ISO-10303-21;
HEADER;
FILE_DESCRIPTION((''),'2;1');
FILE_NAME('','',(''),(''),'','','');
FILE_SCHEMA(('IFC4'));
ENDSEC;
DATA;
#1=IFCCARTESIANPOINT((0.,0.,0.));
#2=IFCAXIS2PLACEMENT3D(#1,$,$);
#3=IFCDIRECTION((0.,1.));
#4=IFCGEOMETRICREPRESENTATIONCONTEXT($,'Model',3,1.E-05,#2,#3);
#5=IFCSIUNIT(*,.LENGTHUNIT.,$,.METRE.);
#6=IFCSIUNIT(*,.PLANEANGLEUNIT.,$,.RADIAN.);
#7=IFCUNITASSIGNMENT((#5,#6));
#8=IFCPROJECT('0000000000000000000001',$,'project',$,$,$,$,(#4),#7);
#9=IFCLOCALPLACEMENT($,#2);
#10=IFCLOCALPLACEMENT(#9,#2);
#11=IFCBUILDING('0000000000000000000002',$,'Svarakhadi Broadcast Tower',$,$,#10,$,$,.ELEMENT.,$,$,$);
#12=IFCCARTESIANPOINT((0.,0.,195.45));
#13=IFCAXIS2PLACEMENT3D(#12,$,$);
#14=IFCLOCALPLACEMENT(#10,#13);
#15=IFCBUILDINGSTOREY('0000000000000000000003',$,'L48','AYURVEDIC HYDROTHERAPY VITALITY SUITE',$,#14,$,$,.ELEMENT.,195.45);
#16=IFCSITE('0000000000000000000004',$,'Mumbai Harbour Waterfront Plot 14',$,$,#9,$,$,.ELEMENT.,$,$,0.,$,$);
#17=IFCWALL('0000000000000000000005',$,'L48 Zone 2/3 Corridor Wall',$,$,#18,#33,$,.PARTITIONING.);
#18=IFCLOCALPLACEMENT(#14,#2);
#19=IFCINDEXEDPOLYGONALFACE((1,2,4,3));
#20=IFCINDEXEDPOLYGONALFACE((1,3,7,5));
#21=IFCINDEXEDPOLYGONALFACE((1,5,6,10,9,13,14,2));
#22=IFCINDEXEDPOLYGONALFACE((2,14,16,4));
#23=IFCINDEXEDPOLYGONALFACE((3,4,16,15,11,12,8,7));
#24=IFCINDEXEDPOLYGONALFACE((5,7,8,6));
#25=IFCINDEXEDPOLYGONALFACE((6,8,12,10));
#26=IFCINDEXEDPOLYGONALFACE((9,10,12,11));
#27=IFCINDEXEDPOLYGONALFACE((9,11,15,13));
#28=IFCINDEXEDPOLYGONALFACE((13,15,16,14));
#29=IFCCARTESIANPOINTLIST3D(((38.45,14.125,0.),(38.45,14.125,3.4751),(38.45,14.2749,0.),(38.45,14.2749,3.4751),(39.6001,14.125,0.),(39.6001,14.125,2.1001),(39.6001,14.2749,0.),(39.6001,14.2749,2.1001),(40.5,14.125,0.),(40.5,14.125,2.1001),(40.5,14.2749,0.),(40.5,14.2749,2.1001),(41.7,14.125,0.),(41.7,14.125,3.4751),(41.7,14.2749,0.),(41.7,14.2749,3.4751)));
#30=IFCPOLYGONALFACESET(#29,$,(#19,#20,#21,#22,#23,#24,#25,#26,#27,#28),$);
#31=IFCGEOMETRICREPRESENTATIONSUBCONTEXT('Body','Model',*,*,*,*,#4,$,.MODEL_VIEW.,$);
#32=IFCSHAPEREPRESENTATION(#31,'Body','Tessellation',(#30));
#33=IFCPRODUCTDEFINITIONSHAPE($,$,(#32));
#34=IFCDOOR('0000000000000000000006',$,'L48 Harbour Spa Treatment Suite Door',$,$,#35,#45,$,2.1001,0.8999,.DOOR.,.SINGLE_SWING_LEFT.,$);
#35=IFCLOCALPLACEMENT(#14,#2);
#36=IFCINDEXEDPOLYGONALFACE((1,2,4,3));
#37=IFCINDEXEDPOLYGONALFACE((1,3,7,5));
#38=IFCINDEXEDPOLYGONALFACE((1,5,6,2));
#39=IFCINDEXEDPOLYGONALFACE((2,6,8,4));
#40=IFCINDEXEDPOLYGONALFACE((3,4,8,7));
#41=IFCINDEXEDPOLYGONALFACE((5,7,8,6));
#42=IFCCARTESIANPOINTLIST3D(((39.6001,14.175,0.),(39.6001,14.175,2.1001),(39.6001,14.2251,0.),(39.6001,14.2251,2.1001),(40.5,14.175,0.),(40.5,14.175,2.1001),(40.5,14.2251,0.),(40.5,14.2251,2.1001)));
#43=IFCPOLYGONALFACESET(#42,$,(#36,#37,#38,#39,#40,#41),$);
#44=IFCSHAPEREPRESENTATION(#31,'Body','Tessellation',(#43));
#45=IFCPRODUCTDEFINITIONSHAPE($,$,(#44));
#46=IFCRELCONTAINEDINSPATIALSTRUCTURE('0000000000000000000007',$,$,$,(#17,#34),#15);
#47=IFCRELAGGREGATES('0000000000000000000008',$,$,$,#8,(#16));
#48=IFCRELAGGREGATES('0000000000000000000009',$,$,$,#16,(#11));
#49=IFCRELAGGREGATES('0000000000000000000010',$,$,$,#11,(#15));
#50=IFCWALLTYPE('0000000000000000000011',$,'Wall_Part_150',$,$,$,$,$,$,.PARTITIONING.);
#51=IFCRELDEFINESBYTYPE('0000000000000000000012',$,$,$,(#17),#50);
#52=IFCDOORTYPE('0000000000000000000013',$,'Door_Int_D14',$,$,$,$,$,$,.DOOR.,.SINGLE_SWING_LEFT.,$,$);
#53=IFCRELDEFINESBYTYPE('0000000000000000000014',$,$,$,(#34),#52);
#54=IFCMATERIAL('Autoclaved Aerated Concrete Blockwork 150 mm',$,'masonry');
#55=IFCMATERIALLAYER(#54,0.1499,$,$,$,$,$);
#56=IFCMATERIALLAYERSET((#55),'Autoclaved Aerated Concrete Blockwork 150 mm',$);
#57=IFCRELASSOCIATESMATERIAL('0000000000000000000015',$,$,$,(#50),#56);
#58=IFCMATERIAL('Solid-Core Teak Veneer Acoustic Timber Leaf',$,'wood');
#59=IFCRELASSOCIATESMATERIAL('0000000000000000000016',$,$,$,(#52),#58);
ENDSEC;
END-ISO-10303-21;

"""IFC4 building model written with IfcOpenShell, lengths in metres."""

from ifc_helpers import new_model, si_unit, direction, frame, frame_2d, origin, place, context, subcontext, project, spatial, rectangle, extrude, material, layer, layer_set, type_object, element, fill, save


model = new_model("IFC4")

# Units and contexts
model_context = context("Model", 3, precision=1e-05, world=origin(), true_north=direction((0.0, 1.0)))
body_context = subcontext(model_context, "Body", "Model", "MODEL_VIEW")
ifc_project = project(units=[si_unit("LENGTHUNIT", "METRE"), si_unit("PLANEANGLEUNIT", "RADIAN")], contexts=[model_context])

# Site, building, storey
site_placement = place(None, origin())
site = spatial("IfcSite", under=ifc_project, at=site_placement, Name="Mumbai Harbour Waterfront Plot 14", CompositionType="ELEMENT", RefElevation=0.0)
building_placement = place(site_placement, origin())
building = spatial("IfcBuilding", under=site, at=building_placement, Name="Svarakhadi Broadcast Tower", CompositionType="ELEMENT")
storey_placement = place(building_placement, frame((0.0, 0.0, 195.45)))
storey = spatial("IfcBuildingStorey", under=building, at=storey_placement, Name="L48", Description="AYURVEDIC HYDROTHERAPY VITALITY SUITE", CompositionType="ELEMENT", Elevation=195.45)

# Shared definitions
ifc_material_1 = material(Name="Autoclaved Aerated Concrete Blockwork 150 mm", Category="masonry")
ifc_layer_1 = layer(ifc_material_1, 0.1499)
ifc_layer_set_1 = layer_set([ifc_layer_1], Name="Autoclaved Aerated Concrete Blockwork 150 mm")
wall_type_1 = type_object("IfcWallType", Name="Wall_Part_150", PredefinedType="PARTITIONING", material=ifc_layer_set_1)

# Wall, opening, door
wall_1_placement = place(storey_placement, frame((41.7, 14.2, 0.0), z_axis=(0.0, 0.0, 1.0), x_axis=(-1.0, 0.0, 0.0)))
wall_1 = element("IfcWall", 1, at=wall_1_placement, inside=storey, type_object=wall_type_1, Name="L48 Zone 2/3 Corridor Wall", PredefinedType="PARTITIONING", context=body_context, shape_type="SweptSolid", body=[
    extrude(rectangle(XDim=3.25, YDim=0.1499, at=frame_2d((1.625, 0.0))), origin(), (0.0, 0.0, 1.0), 3.4751),
])
opening_placement = place(wall_1_placement, frame((1.2, 0.0, 0.0)))
opening = element("IfcOpeningElement", 2, at=opening_placement, cuts=wall_1, PredefinedType="OPENING", context=body_context, shape_type="SweptSolid", body=[
    extrude(rectangle(XDim=0.8999, YDim=2.1001, at=frame_2d((0.45, 1.05))), frame((0.0, 0.085, 0.0), z_axis=(0.0, -1.0, 0.0), x_axis=(1.0, 0.0, 0.0)), (0.0, 0.0, 1.0), 0.1699),
])
ifc_material_2 = material(Name="Solid-Core Teak Veneer Acoustic Timber Leaf", Category="wood")
door_type = type_object("IfcDoorType", Name="Door_Int_D14", OperationType="SINGLE_SWING_LEFT", PredefinedType="DOOR", material=ifc_material_2)
door_placement = place(opening_placement, origin())
door = element("IfcDoor", 3, at=door_placement, inside=storey, type_object=door_type, Name="L48 Harbour Spa Treatment Suite Door", OperationType="SINGLE_SWING_LEFT", OverallHeight=2.1001, OverallWidth=0.8999, PredefinedType="DOOR", context=body_context, shape_type="SweptSolid", body=[
    extrude(rectangle(XDim=0.8999, YDim=2.1001, at=frame_2d((0.45, 1.05))), frame((0.0, 0.0249, 0.0), z_axis=(0.0, -1.0, 0.0), x_axis=(1.0, 0.0, 0.0)), (0.0, 0.0, 1.0), 0.05),
])
fill(opening, door)

save(model, "model.ifc")
